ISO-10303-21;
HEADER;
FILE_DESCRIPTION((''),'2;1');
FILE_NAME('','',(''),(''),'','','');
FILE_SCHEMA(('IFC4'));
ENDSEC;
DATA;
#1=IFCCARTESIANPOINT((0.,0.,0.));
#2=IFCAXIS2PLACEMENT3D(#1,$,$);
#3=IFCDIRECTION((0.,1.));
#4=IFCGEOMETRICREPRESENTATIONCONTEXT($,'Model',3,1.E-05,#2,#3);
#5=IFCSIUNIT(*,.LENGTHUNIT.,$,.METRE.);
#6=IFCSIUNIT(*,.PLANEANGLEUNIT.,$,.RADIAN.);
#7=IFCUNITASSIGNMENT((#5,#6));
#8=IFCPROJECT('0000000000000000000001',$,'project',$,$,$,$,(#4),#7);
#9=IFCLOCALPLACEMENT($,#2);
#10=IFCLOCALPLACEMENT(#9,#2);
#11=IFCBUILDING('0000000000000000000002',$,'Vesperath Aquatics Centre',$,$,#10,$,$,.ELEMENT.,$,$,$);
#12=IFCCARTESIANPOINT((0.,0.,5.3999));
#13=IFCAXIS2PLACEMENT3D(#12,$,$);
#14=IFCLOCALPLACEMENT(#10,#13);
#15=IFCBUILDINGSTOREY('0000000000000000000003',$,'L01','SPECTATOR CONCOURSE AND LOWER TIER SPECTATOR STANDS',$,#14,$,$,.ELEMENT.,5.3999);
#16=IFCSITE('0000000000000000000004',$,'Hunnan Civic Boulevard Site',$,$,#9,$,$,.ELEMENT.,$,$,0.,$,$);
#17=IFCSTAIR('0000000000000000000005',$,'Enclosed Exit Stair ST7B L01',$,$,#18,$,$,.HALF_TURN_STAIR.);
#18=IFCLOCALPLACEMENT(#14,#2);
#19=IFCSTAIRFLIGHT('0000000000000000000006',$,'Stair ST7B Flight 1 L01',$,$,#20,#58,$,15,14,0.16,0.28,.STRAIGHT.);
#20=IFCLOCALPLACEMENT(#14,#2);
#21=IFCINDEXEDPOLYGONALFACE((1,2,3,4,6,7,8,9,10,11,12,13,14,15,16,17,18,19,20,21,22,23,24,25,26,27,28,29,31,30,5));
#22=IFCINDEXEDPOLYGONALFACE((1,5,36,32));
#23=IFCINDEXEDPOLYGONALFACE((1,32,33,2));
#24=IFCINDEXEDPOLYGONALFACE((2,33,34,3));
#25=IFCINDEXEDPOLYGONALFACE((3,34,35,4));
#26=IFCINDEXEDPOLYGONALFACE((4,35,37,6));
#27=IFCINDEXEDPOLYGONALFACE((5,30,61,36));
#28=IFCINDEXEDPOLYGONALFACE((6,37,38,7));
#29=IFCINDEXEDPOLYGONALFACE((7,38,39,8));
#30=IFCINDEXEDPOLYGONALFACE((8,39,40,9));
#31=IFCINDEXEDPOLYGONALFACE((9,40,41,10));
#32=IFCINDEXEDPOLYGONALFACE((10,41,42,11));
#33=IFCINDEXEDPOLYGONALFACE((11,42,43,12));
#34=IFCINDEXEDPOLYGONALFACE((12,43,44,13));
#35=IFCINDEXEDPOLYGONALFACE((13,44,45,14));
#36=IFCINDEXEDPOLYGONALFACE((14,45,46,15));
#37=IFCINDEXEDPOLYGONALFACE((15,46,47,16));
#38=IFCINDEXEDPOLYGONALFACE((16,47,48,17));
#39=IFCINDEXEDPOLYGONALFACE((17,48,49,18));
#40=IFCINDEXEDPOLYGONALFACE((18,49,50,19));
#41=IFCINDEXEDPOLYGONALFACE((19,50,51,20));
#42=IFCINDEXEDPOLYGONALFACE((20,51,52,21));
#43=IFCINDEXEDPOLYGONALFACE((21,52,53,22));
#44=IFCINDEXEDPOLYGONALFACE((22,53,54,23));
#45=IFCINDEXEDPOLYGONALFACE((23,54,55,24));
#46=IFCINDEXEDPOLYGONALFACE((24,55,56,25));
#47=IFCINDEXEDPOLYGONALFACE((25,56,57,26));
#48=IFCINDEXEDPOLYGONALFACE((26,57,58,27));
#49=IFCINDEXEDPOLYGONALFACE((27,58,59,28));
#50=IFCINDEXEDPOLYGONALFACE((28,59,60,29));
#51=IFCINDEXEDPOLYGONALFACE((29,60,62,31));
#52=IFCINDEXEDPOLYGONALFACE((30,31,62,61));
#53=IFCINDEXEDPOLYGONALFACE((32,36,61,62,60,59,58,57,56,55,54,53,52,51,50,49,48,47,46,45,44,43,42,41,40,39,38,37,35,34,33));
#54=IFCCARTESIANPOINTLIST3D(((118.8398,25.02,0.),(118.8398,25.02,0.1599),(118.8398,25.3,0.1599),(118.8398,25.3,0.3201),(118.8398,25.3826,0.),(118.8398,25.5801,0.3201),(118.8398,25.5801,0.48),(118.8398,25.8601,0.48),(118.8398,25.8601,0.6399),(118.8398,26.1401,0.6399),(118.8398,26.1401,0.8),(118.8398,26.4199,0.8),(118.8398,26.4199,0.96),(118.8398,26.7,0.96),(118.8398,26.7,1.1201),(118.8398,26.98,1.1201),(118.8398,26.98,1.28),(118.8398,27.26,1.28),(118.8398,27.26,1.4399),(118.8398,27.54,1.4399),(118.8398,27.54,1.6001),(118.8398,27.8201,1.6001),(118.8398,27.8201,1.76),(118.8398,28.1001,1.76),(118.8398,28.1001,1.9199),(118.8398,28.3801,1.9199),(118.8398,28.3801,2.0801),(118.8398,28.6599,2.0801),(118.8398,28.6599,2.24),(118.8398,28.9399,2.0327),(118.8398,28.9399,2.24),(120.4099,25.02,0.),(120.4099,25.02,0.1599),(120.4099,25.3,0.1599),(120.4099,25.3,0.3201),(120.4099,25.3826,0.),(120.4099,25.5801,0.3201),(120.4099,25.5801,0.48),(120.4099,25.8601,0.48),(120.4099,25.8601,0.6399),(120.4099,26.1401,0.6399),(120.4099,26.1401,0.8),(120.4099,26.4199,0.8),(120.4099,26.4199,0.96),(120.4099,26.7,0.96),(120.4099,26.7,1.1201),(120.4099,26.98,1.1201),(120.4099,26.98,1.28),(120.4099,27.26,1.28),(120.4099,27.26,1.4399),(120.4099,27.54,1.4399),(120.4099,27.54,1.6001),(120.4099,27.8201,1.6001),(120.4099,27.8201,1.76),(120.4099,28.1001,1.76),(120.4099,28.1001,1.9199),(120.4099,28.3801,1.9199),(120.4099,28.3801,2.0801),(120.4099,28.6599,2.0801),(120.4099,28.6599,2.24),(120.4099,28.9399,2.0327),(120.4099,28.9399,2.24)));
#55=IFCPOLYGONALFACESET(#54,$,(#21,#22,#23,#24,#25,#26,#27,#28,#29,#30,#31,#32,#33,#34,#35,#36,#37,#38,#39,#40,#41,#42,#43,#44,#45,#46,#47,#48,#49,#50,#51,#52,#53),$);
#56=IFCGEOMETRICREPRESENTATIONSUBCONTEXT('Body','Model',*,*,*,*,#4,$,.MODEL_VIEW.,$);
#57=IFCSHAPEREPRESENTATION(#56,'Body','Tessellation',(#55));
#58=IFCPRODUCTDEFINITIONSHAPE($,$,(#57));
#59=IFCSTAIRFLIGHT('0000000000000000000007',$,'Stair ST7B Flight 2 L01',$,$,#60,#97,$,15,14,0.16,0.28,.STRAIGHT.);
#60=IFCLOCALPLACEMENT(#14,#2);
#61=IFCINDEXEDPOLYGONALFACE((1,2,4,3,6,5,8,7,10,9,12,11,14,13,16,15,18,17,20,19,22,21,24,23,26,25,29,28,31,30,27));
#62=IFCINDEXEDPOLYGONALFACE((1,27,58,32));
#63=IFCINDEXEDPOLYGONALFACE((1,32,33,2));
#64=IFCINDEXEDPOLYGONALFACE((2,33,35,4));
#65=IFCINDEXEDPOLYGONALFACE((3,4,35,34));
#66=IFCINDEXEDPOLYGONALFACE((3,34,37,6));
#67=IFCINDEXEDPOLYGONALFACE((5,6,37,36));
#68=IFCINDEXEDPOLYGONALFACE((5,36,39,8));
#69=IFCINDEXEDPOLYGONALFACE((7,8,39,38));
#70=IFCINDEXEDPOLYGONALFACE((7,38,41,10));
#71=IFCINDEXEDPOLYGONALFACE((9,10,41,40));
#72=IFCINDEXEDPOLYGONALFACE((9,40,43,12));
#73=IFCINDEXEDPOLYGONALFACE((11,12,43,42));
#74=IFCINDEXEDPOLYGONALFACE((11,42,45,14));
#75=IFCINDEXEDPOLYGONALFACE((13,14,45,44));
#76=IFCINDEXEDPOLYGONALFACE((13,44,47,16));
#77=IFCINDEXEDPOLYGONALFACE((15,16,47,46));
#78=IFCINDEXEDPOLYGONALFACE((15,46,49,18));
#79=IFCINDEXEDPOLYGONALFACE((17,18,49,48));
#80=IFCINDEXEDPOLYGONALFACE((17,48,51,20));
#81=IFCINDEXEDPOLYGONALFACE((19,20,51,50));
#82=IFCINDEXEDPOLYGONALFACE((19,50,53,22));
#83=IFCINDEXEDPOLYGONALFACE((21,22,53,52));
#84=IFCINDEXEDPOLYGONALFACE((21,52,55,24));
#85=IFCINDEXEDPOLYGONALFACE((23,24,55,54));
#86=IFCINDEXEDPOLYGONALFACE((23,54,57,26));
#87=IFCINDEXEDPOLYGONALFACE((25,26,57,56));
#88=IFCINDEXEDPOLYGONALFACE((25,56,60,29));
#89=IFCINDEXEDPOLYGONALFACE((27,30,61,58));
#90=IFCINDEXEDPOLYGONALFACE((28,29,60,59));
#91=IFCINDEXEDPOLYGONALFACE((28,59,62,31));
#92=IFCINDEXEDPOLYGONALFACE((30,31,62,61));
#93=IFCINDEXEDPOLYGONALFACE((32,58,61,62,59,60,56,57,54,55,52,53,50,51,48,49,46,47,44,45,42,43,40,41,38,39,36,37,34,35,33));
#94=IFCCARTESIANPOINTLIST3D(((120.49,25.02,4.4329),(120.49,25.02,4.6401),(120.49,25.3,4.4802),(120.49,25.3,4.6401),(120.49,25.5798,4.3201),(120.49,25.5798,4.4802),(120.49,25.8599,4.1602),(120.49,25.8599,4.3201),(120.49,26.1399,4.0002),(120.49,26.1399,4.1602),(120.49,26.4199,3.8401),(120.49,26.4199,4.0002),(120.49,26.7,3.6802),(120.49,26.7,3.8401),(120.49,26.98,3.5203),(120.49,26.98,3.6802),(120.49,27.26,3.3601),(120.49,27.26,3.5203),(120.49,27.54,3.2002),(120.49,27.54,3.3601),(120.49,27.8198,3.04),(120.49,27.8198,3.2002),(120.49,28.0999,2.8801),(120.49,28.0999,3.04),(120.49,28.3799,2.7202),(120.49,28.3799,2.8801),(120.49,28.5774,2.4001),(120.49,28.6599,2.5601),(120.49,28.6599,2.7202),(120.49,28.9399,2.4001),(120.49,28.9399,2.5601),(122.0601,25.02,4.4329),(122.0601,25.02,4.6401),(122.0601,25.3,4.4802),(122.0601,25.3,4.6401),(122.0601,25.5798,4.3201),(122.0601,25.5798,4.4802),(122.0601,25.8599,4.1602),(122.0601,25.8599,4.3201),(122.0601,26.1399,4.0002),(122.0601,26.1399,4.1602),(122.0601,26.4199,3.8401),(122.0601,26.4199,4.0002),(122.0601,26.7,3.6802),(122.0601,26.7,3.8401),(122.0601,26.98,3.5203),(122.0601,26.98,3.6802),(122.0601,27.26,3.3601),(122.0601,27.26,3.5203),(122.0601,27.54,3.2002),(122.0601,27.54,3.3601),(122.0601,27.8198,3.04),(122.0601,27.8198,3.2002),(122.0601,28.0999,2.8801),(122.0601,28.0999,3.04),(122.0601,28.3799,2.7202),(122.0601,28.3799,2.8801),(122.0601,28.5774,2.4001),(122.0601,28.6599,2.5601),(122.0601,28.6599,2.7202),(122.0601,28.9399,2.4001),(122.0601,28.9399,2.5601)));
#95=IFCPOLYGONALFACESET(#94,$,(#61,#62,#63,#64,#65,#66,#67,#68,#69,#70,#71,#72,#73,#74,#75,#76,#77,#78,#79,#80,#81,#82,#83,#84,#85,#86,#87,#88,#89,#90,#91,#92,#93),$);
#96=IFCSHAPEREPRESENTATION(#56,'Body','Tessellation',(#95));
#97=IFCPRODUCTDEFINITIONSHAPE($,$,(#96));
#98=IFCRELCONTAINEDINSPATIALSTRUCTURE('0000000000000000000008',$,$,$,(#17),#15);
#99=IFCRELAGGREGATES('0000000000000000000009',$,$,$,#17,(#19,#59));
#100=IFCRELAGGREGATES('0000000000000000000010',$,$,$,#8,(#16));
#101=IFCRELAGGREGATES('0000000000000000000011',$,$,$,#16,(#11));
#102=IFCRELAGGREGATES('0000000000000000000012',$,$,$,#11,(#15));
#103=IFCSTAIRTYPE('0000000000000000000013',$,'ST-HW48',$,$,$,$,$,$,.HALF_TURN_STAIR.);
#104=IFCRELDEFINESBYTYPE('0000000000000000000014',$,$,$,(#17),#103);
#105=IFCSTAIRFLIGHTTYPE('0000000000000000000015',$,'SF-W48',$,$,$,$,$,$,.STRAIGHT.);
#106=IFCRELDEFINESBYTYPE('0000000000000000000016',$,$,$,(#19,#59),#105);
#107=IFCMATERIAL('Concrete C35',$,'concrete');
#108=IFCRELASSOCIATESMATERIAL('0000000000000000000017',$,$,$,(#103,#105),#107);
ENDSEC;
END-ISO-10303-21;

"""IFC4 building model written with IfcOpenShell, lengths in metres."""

from ifc_helpers import new_model, si_unit, direction, frame, origin, place, context, subcontext, project, spatial, polyline, outline, extrude, material, type_object, element, aggregate, save


model = new_model("IFC4")

# Units and contexts
model_context = context("Model", 3, precision=1e-05, world=origin(), true_north=direction((0.0, 1.0)))
body_context = subcontext(model_context, "Body", "Model", "MODEL_VIEW")
ifc_project = project(units=[si_unit("LENGTHUNIT", "METRE"), si_unit("PLANEANGLEUNIT", "RADIAN")], contexts=[model_context])

# Site, building, storey
site_placement = place(None, origin())
site = spatial("IfcSite", under=ifc_project, at=site_placement, Name="Hunnan Civic Boulevard Site", CompositionType="ELEMENT", RefElevation=0.0)
building_placement = place(site_placement, origin())
building = spatial("IfcBuilding", under=site, at=building_placement, Name="Vesperath Aquatics Centre", CompositionType="ELEMENT")
storey_placement = place(building_placement, frame((0.0, 0.0, 5.3999)))
storey = spatial("IfcBuildingStorey", under=building, at=storey_placement, Name="L01", Description="SPECTATOR CONCOURSE AND LOWER TIER SPECTATOR STANDS", CompositionType="ELEMENT", Elevation=5.3999)

# Shared definitions
ifc_material_1 = material(Name="Concrete C35", Category="concrete")

# Stair, stair flights
stair_type = type_object("IfcStairType", Name="ST-HW48", PredefinedType="HALF_TURN_STAIR", material=ifc_material_1)
stair_flight_type = type_object("IfcStairFlightType", Name="SF-W48", PredefinedType="STRAIGHT", material=ifc_material_1)
stair_1_placement = place(storey_placement, origin())
stair_1 = element("IfcStair", 1, at=stair_1_placement, inside=storey, type_object=stair_type, Name="Enclosed Exit Stair ST7B L01", PredefinedType="HALF_TURN_STAIR")
stair_flight_1_placement = place(storey_placement, frame((119.625, 25.02, 0.0), z_axis=(0.0, 0.0, 1.0), x_axis=(0.0, 1.0, 0.0)))
stair_flight_1 = element("IfcStairFlight", 2, at=stair_flight_1_placement, type_object=stair_flight_type, Name="Stair ST7B Flight 1 L01", NumberOfRisers=15, NumberOfTreads=14, PredefinedType="STRAIGHT", RiserHeight=0.16, TreadLength=0.28, context=body_context, shape_type="SweptSolid", body=[
    extrude(outline(polyline([(0.0, 0.0), (0.0, 0.1599), (0.28, 0.1599), (0.28, 0.3201), (0.5601, 0.3201), (0.5601, 0.48), (0.8401, 0.48), (0.8401, 0.6399), (1.1201, 0.6399), (1.1201, 0.8), (1.3999, 0.8), (1.3999, 0.96), (1.6799, 0.96), (1.6799, 1.1201), (1.96, 1.1201), (1.96, 1.28), (2.24, 1.28), (2.24, 1.4399), (2.52, 1.4399), (2.52, 1.6001), (2.8, 1.6001), (2.8, 1.76), (3.0801, 1.76), (3.0801, 1.9199), (3.3601, 1.9199), (3.3601, 2.0801), (3.6399, 2.0801), (3.6399, 2.24), (3.9199, 2.24), (3.9199, 2.3999), (3.9199, 2.0327), (0.3625, 0.0), (0.0, 0.0)])), frame((0.0, 0.7852, 0.0), z_axis=(0.0, -1.0, 0.0), x_axis=(1.0, 0.0, 0.0)), (0.0, 0.0, 1.0), 1.5701),
])
stair_flight_2_placement = place(storey_placement, frame((121.2749, 28.9399, 2.4001), z_axis=(0.0, 0.0, 1.0), x_axis=(0.0, -1.0, 0.0)))
stair_flight_2 = element("IfcStairFlight", 3, at=stair_flight_2_placement, type_object=stair_flight_type, Name="Stair ST7B Flight 2 L01", NumberOfRisers=15, NumberOfTreads=14, PredefinedType="STRAIGHT", RiserHeight=0.16, TreadLength=0.28, context=body_context, shape_type="SweptSolid", body=[
    extrude(outline(polyline([(0.0, 0.0), (0.0, 0.1599), (0.28, 0.1599), (0.28, 0.3201), (0.5601, 0.3201), (0.5601, 0.48), (0.8401, 0.48), (0.8401, 0.6399), (1.1201, 0.6399), (1.1201, 0.8), (1.3999, 0.8), (1.3999, 0.96), (1.6799, 0.96), (1.6799, 1.1201), (1.96, 1.1201), (1.96, 1.28), (2.24, 1.28), (2.24, 1.4399), (2.52, 1.4399), (2.52, 1.6001), (2.8, 1.6001), (2.8, 1.76), (3.0801, 1.76), (3.0801, 1.9199), (3.3601, 1.9199), (3.3601, 2.0801), (3.6399, 2.0801), (3.6399, 2.24), (3.9199, 2.24), (3.9199, 2.3999), (3.9199, 2.0327), (0.3625, 0.0), (0.0, 0.0)])), frame((0.0, 0.7852, 0.0), z_axis=(0.0, -1.0, 0.0), x_axis=(1.0, 0.0, 0.0)), (0.0, 0.0, 1.0), 1.5701),
])
aggregate(stair_1, [stair_flight_1, stair_flight_2])

save(model, "model.ifc")
